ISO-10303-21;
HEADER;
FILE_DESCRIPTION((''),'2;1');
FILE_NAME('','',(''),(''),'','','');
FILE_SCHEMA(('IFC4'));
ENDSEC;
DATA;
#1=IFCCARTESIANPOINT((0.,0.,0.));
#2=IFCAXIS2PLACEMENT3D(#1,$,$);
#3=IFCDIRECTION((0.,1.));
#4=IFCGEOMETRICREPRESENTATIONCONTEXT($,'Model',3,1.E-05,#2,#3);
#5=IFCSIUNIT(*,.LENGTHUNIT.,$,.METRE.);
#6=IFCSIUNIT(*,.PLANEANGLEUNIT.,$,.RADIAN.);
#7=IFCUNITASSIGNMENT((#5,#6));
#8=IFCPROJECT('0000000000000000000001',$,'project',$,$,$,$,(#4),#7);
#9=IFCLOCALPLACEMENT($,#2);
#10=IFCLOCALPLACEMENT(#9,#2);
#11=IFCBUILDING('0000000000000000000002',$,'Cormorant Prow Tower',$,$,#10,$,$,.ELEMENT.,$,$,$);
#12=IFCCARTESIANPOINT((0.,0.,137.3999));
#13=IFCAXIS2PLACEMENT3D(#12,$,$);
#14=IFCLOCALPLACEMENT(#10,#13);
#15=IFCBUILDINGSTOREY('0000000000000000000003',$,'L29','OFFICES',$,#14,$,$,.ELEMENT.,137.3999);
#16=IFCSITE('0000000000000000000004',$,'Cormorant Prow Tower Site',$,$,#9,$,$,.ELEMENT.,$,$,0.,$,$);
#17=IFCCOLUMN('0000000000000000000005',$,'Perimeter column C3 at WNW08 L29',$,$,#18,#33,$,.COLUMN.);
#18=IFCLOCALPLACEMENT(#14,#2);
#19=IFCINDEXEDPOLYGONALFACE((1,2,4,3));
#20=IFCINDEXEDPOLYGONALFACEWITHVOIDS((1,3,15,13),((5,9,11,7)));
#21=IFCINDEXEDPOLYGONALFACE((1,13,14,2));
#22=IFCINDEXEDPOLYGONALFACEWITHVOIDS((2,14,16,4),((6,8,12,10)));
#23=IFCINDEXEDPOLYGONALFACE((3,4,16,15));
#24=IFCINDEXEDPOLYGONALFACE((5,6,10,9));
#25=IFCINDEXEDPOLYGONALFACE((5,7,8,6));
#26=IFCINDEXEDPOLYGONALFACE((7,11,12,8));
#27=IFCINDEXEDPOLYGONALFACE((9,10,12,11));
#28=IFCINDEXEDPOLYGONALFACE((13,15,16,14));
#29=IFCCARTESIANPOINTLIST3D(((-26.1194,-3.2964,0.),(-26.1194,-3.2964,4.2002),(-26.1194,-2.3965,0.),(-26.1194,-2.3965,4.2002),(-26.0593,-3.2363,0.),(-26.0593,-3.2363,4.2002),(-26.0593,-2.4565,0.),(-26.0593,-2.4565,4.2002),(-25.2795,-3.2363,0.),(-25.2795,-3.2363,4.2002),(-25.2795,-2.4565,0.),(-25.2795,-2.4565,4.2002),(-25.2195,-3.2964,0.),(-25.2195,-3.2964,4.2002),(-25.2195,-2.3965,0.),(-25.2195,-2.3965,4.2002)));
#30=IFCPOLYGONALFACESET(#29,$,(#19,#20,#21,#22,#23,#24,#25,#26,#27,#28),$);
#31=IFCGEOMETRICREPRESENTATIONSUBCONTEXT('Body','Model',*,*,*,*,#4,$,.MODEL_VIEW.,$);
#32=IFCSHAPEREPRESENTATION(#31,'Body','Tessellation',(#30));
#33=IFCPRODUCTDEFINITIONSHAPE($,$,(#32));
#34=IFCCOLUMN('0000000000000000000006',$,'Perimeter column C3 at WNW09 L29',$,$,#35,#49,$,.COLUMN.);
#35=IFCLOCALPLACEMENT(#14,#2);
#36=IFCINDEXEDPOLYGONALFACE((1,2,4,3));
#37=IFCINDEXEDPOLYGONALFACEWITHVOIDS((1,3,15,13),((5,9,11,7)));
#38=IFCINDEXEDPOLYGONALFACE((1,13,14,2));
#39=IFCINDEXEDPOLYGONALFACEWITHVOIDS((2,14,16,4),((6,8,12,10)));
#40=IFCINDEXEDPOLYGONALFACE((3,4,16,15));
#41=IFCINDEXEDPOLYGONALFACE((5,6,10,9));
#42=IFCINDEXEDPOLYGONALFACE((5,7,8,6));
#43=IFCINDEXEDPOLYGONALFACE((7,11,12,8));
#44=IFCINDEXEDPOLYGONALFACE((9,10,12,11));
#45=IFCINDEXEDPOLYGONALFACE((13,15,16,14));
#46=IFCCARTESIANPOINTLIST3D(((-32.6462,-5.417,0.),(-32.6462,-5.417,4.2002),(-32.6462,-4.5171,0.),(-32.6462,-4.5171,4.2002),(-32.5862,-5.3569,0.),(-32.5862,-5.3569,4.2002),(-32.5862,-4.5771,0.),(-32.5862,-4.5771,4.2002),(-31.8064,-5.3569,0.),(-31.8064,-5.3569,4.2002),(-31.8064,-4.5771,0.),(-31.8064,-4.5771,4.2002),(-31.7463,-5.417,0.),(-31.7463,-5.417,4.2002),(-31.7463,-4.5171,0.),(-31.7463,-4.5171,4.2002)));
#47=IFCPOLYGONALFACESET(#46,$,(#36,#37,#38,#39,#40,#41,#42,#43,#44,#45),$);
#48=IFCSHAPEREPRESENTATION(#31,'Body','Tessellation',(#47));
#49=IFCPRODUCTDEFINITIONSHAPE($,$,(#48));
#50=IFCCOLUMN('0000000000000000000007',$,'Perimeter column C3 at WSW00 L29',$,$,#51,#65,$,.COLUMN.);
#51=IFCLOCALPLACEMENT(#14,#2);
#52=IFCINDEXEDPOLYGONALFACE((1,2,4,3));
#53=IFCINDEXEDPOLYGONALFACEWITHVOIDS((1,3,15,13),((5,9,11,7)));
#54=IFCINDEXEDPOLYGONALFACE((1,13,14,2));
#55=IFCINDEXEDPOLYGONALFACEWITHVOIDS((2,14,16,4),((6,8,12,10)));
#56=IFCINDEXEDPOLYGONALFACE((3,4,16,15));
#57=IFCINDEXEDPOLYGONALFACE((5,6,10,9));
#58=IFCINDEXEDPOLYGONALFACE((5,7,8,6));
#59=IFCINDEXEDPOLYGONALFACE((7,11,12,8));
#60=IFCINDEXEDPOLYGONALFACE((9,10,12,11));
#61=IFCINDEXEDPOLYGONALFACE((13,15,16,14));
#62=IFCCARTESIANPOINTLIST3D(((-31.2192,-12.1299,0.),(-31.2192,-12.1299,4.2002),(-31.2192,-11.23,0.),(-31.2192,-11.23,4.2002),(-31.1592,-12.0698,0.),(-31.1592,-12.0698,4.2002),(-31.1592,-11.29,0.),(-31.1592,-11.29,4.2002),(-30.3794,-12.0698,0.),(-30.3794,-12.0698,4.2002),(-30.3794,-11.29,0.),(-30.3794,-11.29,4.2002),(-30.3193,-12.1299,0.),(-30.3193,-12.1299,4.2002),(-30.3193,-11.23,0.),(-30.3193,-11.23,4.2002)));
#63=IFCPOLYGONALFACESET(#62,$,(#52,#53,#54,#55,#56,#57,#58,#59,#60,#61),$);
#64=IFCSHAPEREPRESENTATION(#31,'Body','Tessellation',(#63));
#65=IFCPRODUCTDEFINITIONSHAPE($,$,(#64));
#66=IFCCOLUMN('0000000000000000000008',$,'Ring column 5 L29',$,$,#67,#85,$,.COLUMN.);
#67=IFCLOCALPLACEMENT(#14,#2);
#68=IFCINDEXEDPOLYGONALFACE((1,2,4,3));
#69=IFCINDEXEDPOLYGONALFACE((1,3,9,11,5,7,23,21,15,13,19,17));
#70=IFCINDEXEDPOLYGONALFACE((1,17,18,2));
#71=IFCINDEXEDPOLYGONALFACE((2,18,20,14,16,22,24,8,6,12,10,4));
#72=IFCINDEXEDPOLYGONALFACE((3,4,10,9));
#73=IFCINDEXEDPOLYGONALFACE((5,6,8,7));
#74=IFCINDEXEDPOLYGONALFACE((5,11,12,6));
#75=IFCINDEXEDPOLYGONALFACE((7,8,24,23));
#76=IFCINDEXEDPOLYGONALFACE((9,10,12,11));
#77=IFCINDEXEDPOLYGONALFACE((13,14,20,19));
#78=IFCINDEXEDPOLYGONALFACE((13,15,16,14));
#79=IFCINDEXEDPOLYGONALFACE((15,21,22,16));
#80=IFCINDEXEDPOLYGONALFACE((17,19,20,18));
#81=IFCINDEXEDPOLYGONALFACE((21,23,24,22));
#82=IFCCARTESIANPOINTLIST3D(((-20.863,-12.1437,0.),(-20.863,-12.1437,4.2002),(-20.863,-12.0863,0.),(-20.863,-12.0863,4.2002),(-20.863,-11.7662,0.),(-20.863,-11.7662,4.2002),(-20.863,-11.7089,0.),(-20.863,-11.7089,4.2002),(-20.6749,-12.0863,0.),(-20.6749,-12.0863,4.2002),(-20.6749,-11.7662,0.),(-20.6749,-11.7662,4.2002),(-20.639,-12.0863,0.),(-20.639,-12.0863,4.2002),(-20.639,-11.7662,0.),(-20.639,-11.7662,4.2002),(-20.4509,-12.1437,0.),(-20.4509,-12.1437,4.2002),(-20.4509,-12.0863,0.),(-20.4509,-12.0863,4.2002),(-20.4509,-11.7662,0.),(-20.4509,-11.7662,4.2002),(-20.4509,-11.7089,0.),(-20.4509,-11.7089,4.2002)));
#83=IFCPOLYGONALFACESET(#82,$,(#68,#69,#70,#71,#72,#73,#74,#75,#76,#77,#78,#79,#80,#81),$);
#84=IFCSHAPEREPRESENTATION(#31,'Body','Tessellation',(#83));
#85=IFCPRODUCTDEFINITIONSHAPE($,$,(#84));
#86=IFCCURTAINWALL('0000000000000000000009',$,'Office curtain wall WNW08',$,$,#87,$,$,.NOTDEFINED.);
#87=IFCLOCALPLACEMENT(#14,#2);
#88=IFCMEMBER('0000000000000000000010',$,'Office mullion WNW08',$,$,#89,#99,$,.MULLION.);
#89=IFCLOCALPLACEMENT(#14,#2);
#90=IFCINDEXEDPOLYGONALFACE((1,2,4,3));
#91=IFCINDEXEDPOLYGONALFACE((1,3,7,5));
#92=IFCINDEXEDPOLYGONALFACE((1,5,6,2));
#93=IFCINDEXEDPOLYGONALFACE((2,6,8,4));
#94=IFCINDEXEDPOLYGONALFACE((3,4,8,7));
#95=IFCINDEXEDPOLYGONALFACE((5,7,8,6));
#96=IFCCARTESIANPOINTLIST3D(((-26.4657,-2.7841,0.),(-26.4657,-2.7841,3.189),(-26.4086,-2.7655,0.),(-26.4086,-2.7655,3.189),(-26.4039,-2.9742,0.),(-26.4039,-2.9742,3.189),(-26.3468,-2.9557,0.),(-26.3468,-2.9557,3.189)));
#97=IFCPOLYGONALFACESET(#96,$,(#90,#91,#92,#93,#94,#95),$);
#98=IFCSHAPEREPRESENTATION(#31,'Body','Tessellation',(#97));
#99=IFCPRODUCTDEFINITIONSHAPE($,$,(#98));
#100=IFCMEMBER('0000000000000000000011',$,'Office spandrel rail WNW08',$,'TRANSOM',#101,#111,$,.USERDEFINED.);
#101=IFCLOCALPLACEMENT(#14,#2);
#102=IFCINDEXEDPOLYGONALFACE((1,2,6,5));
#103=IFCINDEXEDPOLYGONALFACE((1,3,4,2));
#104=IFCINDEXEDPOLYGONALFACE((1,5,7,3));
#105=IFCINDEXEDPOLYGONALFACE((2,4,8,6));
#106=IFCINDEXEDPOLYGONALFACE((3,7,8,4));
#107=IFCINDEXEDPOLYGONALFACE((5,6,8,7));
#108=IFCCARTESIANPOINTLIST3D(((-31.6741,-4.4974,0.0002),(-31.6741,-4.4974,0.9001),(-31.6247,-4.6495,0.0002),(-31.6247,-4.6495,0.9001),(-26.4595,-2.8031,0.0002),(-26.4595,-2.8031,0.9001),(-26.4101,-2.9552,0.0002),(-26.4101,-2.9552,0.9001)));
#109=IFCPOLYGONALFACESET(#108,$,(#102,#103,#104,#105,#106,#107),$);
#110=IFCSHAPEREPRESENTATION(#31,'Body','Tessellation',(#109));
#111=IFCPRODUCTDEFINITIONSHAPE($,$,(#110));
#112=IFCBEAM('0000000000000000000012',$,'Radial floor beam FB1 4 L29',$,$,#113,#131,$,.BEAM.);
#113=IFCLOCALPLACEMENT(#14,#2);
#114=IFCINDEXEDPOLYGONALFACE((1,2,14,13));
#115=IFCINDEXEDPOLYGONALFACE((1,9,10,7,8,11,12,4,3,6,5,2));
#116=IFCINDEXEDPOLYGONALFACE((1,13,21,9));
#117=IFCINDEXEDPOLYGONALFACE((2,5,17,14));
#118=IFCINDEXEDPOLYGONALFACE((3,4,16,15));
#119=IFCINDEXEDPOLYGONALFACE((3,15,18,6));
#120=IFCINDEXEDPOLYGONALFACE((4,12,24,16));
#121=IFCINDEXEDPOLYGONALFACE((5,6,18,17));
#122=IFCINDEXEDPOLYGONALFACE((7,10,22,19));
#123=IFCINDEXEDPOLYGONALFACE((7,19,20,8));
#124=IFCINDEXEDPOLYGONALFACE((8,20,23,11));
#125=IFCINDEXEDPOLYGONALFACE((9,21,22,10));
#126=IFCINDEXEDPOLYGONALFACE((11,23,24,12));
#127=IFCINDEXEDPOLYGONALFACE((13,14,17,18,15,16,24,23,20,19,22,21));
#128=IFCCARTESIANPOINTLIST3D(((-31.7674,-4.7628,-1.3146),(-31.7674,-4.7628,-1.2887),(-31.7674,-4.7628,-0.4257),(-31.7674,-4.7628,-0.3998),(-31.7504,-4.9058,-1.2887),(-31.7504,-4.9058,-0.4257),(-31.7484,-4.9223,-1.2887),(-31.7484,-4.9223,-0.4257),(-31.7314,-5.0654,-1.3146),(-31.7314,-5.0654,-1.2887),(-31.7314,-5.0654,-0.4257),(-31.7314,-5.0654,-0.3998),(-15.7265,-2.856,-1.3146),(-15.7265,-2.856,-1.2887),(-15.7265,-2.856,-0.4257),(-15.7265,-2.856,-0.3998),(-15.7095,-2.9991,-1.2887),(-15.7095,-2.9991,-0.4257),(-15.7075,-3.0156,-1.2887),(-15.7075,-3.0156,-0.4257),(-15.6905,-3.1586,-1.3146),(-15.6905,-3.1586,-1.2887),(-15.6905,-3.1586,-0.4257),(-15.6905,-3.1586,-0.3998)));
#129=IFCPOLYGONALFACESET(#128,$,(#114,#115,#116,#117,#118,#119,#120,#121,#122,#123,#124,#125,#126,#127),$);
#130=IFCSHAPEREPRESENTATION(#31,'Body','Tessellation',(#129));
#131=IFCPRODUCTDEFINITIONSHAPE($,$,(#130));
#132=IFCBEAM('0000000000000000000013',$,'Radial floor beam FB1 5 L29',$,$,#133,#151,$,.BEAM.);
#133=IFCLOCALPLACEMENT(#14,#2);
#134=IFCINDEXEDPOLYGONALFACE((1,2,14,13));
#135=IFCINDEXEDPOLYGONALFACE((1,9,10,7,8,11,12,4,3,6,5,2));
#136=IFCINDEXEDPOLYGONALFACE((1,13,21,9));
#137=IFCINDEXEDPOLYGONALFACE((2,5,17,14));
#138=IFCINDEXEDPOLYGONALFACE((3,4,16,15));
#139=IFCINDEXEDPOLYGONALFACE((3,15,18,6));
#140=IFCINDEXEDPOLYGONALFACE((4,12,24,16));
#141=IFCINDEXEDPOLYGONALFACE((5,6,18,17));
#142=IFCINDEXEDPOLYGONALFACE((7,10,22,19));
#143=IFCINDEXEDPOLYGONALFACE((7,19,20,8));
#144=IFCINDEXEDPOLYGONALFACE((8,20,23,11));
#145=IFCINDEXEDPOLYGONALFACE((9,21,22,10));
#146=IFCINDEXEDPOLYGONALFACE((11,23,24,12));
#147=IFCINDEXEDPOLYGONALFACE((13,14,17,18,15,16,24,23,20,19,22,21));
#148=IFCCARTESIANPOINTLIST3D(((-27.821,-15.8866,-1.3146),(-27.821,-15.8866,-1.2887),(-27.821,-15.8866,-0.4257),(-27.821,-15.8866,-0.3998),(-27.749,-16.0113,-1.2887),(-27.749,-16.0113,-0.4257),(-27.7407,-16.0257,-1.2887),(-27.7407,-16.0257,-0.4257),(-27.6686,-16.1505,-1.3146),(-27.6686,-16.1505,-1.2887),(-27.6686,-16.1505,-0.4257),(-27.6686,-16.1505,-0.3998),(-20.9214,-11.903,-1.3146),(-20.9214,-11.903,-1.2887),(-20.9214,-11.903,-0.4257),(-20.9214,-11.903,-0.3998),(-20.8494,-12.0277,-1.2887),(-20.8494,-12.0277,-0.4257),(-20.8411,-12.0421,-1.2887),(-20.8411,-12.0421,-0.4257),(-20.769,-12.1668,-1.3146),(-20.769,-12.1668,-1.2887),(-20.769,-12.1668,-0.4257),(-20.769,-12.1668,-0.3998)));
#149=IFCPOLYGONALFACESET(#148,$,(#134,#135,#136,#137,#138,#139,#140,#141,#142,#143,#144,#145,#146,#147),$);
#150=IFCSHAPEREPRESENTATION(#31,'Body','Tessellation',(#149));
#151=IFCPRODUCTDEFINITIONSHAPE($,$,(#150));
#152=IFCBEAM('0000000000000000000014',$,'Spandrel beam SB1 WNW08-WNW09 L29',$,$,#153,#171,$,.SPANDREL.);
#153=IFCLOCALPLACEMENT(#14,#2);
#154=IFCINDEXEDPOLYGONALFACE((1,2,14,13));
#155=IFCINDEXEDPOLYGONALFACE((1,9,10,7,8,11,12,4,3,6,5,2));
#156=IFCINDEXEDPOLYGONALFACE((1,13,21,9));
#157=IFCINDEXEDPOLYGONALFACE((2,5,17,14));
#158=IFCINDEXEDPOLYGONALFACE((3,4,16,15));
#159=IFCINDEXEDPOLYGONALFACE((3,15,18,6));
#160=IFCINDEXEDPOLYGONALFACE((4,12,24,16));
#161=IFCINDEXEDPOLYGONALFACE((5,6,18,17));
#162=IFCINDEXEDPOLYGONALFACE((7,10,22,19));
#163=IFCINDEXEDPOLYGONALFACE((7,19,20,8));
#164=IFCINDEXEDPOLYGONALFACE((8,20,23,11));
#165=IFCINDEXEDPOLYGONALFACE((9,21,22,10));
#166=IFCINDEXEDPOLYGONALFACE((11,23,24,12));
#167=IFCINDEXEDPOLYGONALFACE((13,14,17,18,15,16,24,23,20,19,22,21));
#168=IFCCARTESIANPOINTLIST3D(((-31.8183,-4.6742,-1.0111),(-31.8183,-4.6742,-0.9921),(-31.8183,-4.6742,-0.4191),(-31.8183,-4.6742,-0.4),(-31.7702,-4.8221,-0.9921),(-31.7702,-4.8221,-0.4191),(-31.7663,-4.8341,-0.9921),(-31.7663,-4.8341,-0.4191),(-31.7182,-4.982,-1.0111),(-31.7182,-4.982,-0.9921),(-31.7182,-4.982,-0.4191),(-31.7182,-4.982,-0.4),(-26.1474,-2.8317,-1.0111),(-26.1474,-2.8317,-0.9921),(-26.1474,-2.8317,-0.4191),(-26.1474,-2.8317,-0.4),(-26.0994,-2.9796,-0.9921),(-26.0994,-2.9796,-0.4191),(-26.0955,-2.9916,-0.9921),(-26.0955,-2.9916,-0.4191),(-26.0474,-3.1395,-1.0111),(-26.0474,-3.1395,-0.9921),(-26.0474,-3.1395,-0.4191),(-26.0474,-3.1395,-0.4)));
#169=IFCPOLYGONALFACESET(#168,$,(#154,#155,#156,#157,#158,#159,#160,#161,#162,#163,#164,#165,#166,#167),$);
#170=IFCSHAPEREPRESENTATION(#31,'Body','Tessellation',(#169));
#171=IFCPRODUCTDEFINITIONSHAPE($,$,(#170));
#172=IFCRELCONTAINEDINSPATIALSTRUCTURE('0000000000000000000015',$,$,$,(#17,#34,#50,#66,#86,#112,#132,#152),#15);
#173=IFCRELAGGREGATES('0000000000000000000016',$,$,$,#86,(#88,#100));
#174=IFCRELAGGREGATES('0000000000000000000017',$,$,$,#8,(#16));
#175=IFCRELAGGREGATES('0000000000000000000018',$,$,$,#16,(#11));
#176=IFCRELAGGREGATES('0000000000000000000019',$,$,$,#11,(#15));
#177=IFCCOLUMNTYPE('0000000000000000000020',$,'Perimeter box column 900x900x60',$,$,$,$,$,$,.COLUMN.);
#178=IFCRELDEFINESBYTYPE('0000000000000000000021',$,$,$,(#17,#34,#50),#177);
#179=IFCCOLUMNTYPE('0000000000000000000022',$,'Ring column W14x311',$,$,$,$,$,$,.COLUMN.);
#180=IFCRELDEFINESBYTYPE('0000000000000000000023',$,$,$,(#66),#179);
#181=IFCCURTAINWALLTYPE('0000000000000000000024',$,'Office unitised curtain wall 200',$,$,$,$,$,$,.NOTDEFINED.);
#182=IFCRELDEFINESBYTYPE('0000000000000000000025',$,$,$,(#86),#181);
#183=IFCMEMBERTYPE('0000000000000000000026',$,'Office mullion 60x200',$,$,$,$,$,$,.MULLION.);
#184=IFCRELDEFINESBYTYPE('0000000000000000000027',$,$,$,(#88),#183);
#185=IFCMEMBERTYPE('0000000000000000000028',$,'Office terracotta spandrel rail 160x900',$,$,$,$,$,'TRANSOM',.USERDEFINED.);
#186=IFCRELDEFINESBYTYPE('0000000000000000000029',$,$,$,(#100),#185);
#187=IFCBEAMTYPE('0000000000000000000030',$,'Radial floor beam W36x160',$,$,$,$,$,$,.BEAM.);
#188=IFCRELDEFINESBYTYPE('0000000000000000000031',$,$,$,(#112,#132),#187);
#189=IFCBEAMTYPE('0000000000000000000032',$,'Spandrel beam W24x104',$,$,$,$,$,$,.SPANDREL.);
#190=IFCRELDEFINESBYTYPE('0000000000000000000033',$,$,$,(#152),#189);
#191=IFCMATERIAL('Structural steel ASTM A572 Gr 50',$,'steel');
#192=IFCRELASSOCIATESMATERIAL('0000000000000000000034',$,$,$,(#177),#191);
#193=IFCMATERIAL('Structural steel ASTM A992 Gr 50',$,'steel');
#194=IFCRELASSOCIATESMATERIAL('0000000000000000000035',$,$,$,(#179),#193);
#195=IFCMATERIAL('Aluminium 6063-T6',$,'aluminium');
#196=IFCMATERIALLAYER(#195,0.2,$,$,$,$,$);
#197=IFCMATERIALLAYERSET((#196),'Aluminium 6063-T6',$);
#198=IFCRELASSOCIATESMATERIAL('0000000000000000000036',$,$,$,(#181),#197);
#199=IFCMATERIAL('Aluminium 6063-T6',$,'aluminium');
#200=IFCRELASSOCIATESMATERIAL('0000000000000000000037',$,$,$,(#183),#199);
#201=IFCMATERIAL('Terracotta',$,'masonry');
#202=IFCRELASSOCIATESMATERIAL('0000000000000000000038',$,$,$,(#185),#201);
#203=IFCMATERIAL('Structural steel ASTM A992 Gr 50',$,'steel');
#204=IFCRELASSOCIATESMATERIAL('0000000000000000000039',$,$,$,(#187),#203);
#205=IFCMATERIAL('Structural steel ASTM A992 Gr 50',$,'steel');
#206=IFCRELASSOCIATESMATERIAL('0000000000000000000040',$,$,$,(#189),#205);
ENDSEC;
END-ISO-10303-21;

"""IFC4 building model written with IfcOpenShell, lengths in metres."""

from ifc_helpers import new_model, si_unit, direction, frame, origin, origin_2d, place, context, subcontext, project, spatial, rectangle, hollow_rectangle, i_section, extrude, material, layer, layer_set, material_profile, profile_set, type_object, element, aggregate, save


model = new_model("IFC4")

# Units and contexts
model_context = context("Model", 3, precision=1e-05, world=origin(), true_north=direction((0.0, 1.0)))
body_context = subcontext(model_context, "Body", "Model", "MODEL_VIEW")
ifc_project = project(units=[si_unit("LENGTHUNIT", "METRE"), si_unit("PLANEANGLEUNIT", "RADIAN")], contexts=[model_context])

# Site, building, storey
site_placement = place(None, origin())
site = spatial("IfcSite", under=ifc_project, at=site_placement, Name="Cormorant Prow Tower Site", CompositionType="ELEMENT", RefElevation=0.0)
building_placement = place(site_placement, origin())
building = spatial("IfcBuilding", under=site, at=building_placement, Name="Cormorant Prow Tower", CompositionType="ELEMENT")
storey_placement = place(building_placement, frame((0.0, 0.0, 137.3999)))
storey = spatial("IfcBuildingStorey", under=building, at=storey_placement, Name="L29", Description="OFFICES", CompositionType="ELEMENT", Elevation=137.3999)

# Columns
ifc_material_1 = material(Name="Structural steel ASTM A572 Gr 50", Category="steel")
ifc_material_profile_1 = material_profile(ifc_material_1, hollow_rectangle(XDim=0.8999, YDim=0.8999, WallThickness=0.0601, at=origin_2d()), Name="Box 900x900x60")
ifc_profile_set_1 = profile_set([ifc_material_profile_1], Name="Structural steel ASTM A572 Gr 50")
column_type_1 = type_object("IfcColumnType", Name="Perimeter box column 900x900x60", PredefinedType="COLUMN", material=ifc_profile_set_1)
for number, where, z_axis, x_axis, name in (
    (1, (-25.6694, -2.8464, 0.0), (0.0, 0.0, 1.0), (1.0, 0.0, 0.0), "Perimeter column C3 at WNW08 L29"),
    (2, (-32.1963, -4.967, 0.0), (0.0, 0.0, 1.0), (1.0, 0.0, 0.0), "Perimeter column C3 at WNW09 L29"),
    (3, (-30.7693, -11.6799, 0.0), (0.0, 0.0, 1.0), (1.0, 0.0, 0.0), "Perimeter column C3 at WSW00 L29"),
):
    element("IfcColumn", number, at=place(storey_placement, frame(where, z_axis=z_axis, x_axis=x_axis)), inside=storey, type_object=column_type_1, Name=name, PredefinedType="COLUMN", context=body_context, shape_type="SweptSolid", body=[
        extrude(hollow_rectangle(XDim=0.8999, YDim=0.8999, WallThickness=0.0601, at=origin_2d()), origin(), (0.0, 0.0, 1.0), 4.2002),
    ])
ifc_material_2 = material(Name="Structural steel ASTM A992 Gr 50", Category="steel")
ifc_material_profile_2 = material_profile(ifc_material_2, i_section(OverallWidth=0.4121, OverallDepth=0.4348, WebThickness=0.0359, FlangeThickness=0.0574, at=origin_2d()), Name="W14x311")
ifc_profile_set_2 = profile_set([ifc_material_profile_2], Name="Structural steel ASTM A992 Gr 50")
column_type_2 = type_object("IfcColumnType", Name="Ring column W14x311", PredefinedType="COLUMN", material=ifc_profile_set_2)
column_placement = place(storey_placement, frame((-20.657, -11.9263, 0.0), z_axis=(0.0, 0.0, 1.0), x_axis=(1.0, 0.0, 0.0)))
element("IfcColumn", 4, at=column_placement, inside=storey, type_object=column_type_2, Name="Ring column 5 L29", PredefinedType="COLUMN", context=body_context, shape_type="SweptSolid", body=[
    extrude(i_section(OverallWidth=0.4121, OverallDepth=0.4348, WebThickness=0.0359, FlangeThickness=0.0574, at=origin_2d()), origin(), (0.0, 0.0, 1.0), 4.2002),
])

# Curtain wall, members
ifc_material_3 = material(Name="Aluminium 6063-T6", Category="aluminium")
ifc_layer_1 = layer(ifc_material_3, 0.2)
ifc_layer_set_1 = layer_set([ifc_layer_1], Name="Aluminium 6063-T6")
curtain_wall_type = type_object("IfcCurtainWallType", Name="Office unitised curtain wall 200", PredefinedType="NOTDEFINED", material=ifc_layer_set_1)
curtain_wall_placement = place(storey_placement, origin())
curtain_wall = element("IfcCurtainWall", 5, at=curtain_wall_placement, inside=storey, type_object=curtain_wall_type, Name="Office curtain wall WNW08", PredefinedType="NOTDEFINED")
ifc_material_4 = material(Name="Aluminium 6063-T6", Category="aluminium")
ifc_material_profile_3 = material_profile(ifc_material_4, rectangle(XDim=0.2, YDim=0.0601, at=origin_2d()), Name="Office mullion 60x200")
ifc_profile_set_3 = profile_set([ifc_material_profile_3], Name="Aluminium 6063-T6")
member_type_1 = type_object("IfcMemberType", Name="Office mullion 60x200", PredefinedType="MULLION", material=ifc_profile_set_3)
member_1_placement = place(storey_placement, frame((-26.4062, -2.8699, 0.0), z_axis=(0.0, 0.0, 1.0), x_axis=(0.309017, -0.951057, 0.0)))
member_1 = element("IfcMember", 6, at=member_1_placement, type_object=member_type_1, Name="Office mullion WNW08", PredefinedType="MULLION", context=body_context, shape_type="SweptSolid", body=[
    extrude(rectangle(XDim=0.2, YDim=0.0601, at=origin_2d()), origin(), (0.0, 0.0, 1.0), 3.189),
])
ifc_material_5 = material(Name="Terracotta", Category="masonry")
ifc_material_profile_4 = material_profile(ifc_material_5, rectangle(XDim=0.1599, YDim=0.8999, at=origin_2d()), Name="Office terracotta spandrel rail 160x900")
ifc_profile_set_4 = profile_set([ifc_material_profile_4], Name="Terracotta")
member_type_2 = type_object("IfcMemberType", Name="Office terracotta spandrel rail 160x900", ElementType="TRANSOM", PredefinedType="USERDEFINED", material=ifc_profile_set_4)
member_2_placement = place(storey_placement, frame((-26.4348, -2.8792, 0.4502), z_axis=(-0.951056, -0.309019, 0.0), x_axis=(0.309019, -0.951056, 0.0)))
member_2 = element("IfcMember", 7, at=member_2_placement, type_object=member_type_2, Name="Office spandrel rail WNW08", ObjectType="TRANSOM", PredefinedType="USERDEFINED", context=body_context, shape_type="SweptSolid", body=[
    extrude(rectangle(XDim=0.1599, YDim=0.8999, at=origin_2d()), origin(), (0.0, 0.0, 1.0), 5.4829),
])

# Beams
ifc_material_6 = material(Name="Structural steel ASTM A992 Gr 50", Category="steel")
ifc_material_profile_5 = material_profile(ifc_material_6, i_section(OverallWidth=0.3047, OverallDepth=0.9148, WebThickness=0.0166, FlangeThickness=0.0259, at=origin_2d()), Name="W36x160")
ifc_profile_set_5 = profile_set([ifc_material_profile_5], Name="Structural steel ASTM A992 Gr 50")
beam_type_1 = type_object("IfcBeamType", Name="Radial floor beam W36x160", PredefinedType="BEAM", material=ifc_profile_set_5)
beam_1_placement = place(storey_placement, frame((-15.7085, -3.0073, -0.8572), z_axis=(-0.993009, -0.118037, 0.0), x_axis=(0.118037, -0.993009, 0.0)))
element("IfcBeam", 8, at=beam_1_placement, inside=storey, type_object=beam_type_1, Name="Radial floor beam FB1 4 L29", PredefinedType="BEAM", context=body_context, shape_type="SweptSolid", body=[
    extrude(i_section(OverallWidth=0.3047, OverallDepth=0.9148, WebThickness=0.0166, FlangeThickness=0.0259, at=origin_2d()), origin(), (0.0, 0.0, 1.0), 16.1538),
])
beam_2_placement = place(storey_placement, frame((-20.8452, -12.0349, -0.8572), z_axis=(-0.866019, -0.500012, 0.0), x_axis=(0.500012, -0.866019, 0.0)))
element("IfcBeam", 9, at=beam_2_placement, inside=storey, type_object=beam_type_1, Name="Radial floor beam FB1 5 L29", PredefinedType="BEAM", context=body_context, shape_type="SweptSolid", body=[
    extrude(i_section(OverallWidth=0.3047, OverallDepth=0.9148, WebThickness=0.0166, FlangeThickness=0.0259, at=origin_2d()), origin(), (0.0, 0.0, 1.0), 7.967),
])
ifc_material_7 = material(Name="Structural steel ASTM A992 Gr 50", Category="steel")
ifc_material_profile_6 = material_profile(ifc_material_7, i_section(OverallWidth=0.3237, OverallDepth=0.6111, WebThickness=0.0127, FlangeThickness=0.019, at=origin_2d()), Name="W24x104")
ifc_profile_set_6 = profile_set([ifc_material_profile_6], Name="Structural steel ASTM A992 Gr 50")
beam_type_2 = type_object("IfcBeamType", Name="Spandrel beam W24x104", PredefinedType="SPANDREL", material=ifc_profile_set_6)
beam_3_placement = place(storey_placement, frame((-26.0974, -2.9856, -0.7056), z_axis=(-0.951059, -0.309008, 0.0), x_axis=(0.309008, -0.951059, 0.0)))
element("IfcBeam", 10, at=beam_3_placement, inside=storey, type_object=beam_type_2, Name="Spandrel beam SB1 WNW08-WNW09 L29", PredefinedType="SPANDREL", context=body_context, shape_type="SweptSolid", body=[
    extrude(i_section(OverallWidth=0.3237, OverallDepth=0.6111, WebThickness=0.0127, FlangeThickness=0.019, at=origin_2d()), origin(), (0.0, 0.0, 1.0), 5.9626),
])

aggregate(curtain_wall, [member_1, member_2])

save(model, "model.ifc")
